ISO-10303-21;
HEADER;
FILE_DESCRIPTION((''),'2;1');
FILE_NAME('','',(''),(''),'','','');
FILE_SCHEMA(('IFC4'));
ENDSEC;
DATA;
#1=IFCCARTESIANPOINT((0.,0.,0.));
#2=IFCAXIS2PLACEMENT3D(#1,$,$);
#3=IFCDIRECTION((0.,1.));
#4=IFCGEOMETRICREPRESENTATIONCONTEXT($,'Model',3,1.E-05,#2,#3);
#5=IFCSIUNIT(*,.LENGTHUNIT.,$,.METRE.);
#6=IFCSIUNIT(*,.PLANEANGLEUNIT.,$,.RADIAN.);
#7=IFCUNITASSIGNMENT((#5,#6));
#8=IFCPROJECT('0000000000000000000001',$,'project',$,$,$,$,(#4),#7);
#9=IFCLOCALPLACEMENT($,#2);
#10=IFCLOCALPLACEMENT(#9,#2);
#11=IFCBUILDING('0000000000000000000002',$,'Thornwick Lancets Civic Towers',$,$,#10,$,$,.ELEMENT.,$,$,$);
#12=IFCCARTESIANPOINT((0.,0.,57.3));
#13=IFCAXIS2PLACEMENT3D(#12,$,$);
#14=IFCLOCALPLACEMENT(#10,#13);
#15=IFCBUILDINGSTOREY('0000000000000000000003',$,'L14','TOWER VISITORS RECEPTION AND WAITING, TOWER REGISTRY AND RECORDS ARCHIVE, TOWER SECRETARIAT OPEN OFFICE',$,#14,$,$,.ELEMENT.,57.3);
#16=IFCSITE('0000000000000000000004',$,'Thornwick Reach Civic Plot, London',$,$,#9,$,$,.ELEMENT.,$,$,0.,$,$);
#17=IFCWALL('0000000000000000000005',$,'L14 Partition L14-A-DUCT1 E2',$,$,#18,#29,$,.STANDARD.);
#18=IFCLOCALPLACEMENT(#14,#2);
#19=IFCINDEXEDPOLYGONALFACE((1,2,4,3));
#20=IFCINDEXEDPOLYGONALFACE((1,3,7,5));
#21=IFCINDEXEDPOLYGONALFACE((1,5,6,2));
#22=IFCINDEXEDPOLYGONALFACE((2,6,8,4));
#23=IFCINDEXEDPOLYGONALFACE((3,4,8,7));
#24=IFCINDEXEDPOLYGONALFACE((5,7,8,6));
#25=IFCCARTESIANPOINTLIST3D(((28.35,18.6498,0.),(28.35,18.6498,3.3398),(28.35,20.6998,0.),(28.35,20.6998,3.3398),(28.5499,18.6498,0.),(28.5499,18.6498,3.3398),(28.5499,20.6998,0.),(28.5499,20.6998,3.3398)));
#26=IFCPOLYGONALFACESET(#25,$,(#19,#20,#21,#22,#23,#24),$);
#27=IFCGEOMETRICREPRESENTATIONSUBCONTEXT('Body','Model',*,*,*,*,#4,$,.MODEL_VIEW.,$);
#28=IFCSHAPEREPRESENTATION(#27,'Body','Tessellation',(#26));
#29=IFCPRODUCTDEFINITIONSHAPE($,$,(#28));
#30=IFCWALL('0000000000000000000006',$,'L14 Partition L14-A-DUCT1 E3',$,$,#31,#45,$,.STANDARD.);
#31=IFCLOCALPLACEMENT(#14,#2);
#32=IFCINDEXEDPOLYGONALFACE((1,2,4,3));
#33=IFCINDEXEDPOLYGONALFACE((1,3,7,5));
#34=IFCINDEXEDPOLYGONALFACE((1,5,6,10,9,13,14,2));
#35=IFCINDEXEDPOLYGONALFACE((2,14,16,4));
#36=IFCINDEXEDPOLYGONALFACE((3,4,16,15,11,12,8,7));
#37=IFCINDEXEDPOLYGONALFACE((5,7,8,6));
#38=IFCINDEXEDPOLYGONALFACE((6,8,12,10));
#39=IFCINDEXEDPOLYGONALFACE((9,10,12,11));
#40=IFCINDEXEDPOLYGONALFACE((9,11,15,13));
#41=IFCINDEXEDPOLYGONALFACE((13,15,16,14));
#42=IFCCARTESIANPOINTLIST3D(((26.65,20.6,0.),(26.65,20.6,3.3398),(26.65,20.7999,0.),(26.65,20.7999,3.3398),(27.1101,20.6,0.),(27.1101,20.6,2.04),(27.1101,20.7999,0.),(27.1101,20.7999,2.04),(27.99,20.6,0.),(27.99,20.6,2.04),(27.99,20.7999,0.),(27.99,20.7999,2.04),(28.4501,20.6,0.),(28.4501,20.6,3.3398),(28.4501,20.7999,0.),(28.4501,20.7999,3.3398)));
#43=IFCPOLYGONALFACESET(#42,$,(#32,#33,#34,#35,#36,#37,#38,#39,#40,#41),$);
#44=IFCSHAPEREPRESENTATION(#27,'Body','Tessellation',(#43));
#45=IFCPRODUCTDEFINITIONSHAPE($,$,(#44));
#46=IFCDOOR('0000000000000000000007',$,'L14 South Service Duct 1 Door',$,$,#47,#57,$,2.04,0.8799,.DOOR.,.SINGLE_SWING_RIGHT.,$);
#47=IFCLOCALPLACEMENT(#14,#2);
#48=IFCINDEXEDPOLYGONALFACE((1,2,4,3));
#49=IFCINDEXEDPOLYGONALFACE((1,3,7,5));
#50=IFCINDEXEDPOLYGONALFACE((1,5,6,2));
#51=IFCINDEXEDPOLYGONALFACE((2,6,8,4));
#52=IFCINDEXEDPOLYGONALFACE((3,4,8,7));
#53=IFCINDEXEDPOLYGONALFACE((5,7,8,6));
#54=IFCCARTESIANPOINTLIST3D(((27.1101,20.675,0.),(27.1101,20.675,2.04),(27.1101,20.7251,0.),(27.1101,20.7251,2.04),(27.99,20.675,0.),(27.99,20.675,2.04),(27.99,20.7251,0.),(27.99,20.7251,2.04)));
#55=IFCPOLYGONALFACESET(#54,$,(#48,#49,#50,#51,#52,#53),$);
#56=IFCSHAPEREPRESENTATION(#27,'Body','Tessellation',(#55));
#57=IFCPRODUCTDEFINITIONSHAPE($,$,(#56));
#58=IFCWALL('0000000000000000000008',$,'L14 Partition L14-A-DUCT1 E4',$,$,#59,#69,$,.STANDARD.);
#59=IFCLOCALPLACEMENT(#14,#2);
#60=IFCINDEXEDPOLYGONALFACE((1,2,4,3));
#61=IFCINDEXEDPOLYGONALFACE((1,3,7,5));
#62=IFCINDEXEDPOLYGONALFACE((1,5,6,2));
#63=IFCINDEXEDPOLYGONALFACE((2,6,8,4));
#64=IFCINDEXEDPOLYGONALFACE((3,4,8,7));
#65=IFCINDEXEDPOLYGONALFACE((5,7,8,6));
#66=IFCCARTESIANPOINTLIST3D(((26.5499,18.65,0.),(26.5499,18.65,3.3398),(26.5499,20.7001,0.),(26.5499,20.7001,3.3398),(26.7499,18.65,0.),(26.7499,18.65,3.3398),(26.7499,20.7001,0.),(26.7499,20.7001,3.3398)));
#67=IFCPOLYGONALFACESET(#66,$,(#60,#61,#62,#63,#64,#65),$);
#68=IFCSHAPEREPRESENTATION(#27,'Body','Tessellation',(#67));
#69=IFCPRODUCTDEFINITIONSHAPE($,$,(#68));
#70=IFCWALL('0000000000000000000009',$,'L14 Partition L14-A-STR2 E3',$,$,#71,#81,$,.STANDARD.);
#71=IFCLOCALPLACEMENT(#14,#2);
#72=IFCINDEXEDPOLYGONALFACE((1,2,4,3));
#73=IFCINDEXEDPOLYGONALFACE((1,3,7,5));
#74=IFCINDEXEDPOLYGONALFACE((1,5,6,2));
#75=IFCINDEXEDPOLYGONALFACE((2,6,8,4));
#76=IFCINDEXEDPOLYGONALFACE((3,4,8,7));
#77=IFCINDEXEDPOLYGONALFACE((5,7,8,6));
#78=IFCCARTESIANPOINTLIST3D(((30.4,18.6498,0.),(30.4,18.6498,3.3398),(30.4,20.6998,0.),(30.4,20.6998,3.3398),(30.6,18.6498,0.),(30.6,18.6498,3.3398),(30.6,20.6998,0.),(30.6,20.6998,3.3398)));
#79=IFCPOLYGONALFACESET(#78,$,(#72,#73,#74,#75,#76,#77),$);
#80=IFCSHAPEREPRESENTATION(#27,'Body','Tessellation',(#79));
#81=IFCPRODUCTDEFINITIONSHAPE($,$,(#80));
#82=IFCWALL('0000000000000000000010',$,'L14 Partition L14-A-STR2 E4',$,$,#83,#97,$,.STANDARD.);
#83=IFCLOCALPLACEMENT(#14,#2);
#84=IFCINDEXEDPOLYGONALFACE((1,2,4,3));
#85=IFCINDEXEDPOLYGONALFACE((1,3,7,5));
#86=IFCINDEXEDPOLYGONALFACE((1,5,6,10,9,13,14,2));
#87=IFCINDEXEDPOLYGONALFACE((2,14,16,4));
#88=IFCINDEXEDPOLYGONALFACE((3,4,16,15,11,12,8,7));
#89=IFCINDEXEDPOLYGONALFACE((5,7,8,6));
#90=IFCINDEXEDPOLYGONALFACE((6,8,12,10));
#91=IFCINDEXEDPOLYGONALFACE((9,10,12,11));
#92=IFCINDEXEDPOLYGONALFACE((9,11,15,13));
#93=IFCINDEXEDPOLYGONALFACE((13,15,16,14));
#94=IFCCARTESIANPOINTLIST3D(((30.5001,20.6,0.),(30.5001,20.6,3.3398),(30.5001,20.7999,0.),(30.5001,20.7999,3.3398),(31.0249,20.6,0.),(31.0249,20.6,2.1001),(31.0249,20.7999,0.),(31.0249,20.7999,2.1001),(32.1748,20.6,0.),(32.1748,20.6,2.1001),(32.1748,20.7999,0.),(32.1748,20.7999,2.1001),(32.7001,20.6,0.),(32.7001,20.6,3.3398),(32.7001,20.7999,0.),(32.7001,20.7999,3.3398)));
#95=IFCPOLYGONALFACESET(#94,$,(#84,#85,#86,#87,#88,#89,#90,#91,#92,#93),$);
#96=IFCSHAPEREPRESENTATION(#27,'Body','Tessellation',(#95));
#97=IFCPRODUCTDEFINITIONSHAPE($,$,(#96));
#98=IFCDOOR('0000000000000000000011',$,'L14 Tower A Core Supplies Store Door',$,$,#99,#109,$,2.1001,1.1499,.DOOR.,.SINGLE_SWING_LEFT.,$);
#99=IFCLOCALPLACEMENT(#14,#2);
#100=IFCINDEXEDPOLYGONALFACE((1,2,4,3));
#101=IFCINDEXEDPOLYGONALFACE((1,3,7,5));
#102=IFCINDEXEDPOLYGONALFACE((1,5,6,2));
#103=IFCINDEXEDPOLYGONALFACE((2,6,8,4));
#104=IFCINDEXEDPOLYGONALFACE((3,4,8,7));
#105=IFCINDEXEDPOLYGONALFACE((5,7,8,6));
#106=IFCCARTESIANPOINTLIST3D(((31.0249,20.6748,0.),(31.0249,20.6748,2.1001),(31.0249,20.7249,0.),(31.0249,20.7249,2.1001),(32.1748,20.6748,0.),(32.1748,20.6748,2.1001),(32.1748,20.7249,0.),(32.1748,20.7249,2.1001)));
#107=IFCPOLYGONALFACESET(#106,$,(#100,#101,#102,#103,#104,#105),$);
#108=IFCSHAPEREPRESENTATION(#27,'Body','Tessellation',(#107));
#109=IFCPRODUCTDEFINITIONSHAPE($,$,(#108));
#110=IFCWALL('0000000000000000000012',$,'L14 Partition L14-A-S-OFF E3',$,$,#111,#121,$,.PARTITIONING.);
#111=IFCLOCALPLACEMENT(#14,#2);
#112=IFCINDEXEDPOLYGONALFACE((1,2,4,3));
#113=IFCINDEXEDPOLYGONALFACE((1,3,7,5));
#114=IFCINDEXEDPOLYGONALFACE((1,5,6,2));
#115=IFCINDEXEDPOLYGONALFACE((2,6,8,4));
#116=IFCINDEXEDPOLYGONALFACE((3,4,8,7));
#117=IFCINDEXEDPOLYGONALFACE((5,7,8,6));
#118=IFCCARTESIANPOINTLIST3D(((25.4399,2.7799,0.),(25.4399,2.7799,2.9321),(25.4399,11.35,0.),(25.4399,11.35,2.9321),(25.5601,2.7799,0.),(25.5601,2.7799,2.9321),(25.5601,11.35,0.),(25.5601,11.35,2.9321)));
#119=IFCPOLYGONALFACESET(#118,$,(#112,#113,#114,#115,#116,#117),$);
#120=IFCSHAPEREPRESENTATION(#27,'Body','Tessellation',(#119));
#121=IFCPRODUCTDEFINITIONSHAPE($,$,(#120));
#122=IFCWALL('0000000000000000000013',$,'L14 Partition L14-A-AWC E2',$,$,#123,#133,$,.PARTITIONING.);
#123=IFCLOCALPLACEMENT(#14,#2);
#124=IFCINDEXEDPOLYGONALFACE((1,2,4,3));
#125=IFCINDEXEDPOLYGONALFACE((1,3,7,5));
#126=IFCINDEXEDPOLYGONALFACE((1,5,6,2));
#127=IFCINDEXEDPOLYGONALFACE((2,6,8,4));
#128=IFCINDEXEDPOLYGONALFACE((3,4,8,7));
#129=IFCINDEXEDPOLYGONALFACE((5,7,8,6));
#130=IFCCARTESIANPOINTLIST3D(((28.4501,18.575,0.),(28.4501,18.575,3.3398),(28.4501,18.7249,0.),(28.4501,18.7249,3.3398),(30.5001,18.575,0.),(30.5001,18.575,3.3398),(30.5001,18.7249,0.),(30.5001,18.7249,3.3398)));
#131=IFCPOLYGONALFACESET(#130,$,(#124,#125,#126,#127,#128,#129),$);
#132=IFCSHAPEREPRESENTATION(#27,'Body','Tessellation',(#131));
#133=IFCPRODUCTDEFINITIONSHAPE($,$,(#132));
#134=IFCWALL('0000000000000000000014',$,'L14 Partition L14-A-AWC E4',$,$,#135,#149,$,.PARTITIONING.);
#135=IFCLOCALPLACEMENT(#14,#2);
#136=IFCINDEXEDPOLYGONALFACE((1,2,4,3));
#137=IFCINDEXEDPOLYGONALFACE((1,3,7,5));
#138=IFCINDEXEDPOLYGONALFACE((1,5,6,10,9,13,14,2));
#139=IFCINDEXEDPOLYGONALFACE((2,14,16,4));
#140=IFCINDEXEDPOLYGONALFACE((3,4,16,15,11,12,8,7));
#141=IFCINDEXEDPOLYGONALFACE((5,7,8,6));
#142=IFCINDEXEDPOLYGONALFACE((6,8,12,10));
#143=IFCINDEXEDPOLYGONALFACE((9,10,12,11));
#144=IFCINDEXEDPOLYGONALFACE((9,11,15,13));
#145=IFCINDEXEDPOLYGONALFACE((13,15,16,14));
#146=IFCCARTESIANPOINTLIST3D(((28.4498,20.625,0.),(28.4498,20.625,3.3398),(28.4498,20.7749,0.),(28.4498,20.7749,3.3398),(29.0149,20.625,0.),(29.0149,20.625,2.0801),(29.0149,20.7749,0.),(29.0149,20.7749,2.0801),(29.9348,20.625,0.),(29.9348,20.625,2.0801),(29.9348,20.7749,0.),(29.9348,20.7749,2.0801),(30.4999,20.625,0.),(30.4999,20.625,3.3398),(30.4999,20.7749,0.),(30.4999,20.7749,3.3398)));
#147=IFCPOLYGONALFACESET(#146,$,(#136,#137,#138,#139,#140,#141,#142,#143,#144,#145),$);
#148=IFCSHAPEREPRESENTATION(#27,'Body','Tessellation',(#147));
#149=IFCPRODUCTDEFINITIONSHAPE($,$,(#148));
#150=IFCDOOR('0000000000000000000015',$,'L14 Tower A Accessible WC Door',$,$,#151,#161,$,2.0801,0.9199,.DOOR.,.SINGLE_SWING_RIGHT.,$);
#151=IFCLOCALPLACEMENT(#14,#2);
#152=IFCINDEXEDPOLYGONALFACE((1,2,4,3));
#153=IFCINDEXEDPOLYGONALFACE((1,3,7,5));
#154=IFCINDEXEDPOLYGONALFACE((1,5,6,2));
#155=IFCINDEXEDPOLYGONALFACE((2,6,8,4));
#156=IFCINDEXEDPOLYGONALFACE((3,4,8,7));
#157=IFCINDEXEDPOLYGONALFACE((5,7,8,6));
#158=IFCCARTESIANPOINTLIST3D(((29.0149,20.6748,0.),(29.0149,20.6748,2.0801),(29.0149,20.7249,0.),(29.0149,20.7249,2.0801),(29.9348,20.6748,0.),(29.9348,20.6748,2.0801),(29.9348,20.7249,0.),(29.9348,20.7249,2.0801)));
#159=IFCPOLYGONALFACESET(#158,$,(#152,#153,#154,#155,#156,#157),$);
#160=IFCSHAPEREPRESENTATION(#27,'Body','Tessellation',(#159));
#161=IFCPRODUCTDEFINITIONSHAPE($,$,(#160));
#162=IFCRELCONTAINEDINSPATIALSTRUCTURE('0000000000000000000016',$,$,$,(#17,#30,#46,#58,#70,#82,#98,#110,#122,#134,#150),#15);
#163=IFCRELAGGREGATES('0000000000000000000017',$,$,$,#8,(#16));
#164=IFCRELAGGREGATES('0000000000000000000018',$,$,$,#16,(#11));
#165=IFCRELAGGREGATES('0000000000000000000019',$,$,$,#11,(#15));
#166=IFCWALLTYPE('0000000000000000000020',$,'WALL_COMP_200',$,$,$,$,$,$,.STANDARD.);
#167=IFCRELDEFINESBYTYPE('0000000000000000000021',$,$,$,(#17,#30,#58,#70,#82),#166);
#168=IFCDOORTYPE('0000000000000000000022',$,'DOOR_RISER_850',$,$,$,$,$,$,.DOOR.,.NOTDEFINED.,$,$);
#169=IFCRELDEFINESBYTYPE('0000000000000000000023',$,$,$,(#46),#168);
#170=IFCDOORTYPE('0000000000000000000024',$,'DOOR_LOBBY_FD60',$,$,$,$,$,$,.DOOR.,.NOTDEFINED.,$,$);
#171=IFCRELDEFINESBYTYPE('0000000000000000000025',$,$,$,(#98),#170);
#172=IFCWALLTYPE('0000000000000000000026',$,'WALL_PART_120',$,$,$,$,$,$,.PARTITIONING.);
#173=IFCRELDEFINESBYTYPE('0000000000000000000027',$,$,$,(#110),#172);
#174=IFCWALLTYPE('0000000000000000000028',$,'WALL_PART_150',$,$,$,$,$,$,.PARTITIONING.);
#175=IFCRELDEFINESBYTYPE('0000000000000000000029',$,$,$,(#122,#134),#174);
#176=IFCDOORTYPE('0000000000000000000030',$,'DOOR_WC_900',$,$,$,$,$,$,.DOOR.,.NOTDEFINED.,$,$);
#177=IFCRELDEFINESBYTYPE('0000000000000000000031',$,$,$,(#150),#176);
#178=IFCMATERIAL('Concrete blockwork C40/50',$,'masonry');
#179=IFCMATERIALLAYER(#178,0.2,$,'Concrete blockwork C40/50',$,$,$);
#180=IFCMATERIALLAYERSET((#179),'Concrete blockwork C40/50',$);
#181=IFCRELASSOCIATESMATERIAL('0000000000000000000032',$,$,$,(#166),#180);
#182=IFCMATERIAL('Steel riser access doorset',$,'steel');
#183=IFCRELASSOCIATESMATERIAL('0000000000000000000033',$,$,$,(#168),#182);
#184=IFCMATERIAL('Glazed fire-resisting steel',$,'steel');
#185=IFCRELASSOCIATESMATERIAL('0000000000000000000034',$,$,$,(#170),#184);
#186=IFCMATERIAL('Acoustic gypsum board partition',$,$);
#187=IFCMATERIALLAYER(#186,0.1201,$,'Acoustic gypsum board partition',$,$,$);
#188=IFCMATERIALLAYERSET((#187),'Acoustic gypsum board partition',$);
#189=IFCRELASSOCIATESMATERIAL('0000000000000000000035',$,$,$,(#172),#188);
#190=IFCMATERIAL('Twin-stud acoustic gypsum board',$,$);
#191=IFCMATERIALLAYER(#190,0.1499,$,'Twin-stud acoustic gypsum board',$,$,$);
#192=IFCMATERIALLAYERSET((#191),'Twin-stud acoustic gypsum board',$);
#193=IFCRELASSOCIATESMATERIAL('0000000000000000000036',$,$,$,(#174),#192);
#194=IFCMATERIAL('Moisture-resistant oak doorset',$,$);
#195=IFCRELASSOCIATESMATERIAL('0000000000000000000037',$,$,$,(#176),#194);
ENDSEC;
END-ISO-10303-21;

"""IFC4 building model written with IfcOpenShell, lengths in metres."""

from ifc_helpers import new_model, si_unit, direction, frame, frame_2d, origin, place, context, subcontext, project, spatial, rectangle, extrude, material, layer, layer_set, type_object, element, fill, save


model = new_model("IFC4")

# Units and contexts
model_context = context("Model", 3, precision=1e-05, world=origin(), true_north=direction((0.0, 1.0)))
body_context = subcontext(model_context, "Body", "Model", "MODEL_VIEW")
ifc_project = project(units=[si_unit("LENGTHUNIT", "METRE"), si_unit("PLANEANGLEUNIT", "RADIAN")], contexts=[model_context])

# Site, building, storey
site_placement = place(None, origin())
site = spatial("IfcSite", under=ifc_project, at=site_placement, Name="Thornwick Reach Civic Plot, London", CompositionType="ELEMENT", RefElevation=0.0)
building_placement = place(site_placement, origin())
building = spatial("IfcBuilding", under=site, at=building_placement, Name="Thornwick Lancets Civic Towers", CompositionType="ELEMENT")
storey_placement = place(building_placement, frame((0.0, 0.0, 57.3)))
storey = spatial("IfcBuildingStorey", under=building, at=storey_placement, Name="L14", Description="TOWER VISITORS RECEPTION AND WAITING, TOWER REGISTRY AND RECORDS ARCHIVE, TOWER SECRETARIAT OPEN OFFICE", CompositionType="ELEMENT", Elevation=57.3)

# Shared definitions
ifc_material_1 = material(Name="Concrete blockwork C40/50", Category="masonry")
ifc_layer_1 = layer(ifc_material_1, 0.2, Name="Concrete blockwork C40/50")
ifc_layer_set_1 = layer_set([ifc_layer_1], Name="Concrete blockwork C40/50")
wall_type_1 = type_object("IfcWallType", Name="WALL_COMP_200", PredefinedType="STANDARD", material=ifc_layer_set_1)

# Wall
wall_1_placement = place(storey_placement, frame((28.45, 18.6499, 0.0), z_axis=(0.0, 0.0, 1.0), x_axis=(0.0, 1.0, 0.0)))
element("IfcWall", 1, at=wall_1_placement, inside=storey, type_object=wall_type_1, Name="L14 Partition L14-A-DUCT1 E2", PredefinedType="STANDARD", context=body_context, shape_type="SweptSolid", body=[
    extrude(rectangle(XDim=2.05, YDim=0.2, at=frame_2d((1.0249, 0.0))), origin(), (0.0, 0.0, 1.0), 3.3398),
])

# Wall, opening, door
wall_2_placement = place(storey_placement, frame((28.45, 20.7, 0.0), z_axis=(0.0, 0.0, 1.0), x_axis=(-1.0, 0.0, 0.0)))
wall_2 = element("IfcWall", 2, at=wall_2_placement, inside=storey, type_object=wall_type_1, Name="L14 Partition L14-A-DUCT1 E3", PredefinedType="STANDARD", context=body_context, shape_type="SweptSolid", body=[
    extrude(rectangle(XDim=1.8, YDim=0.2, at=frame_2d((0.8999, 0.0))), origin(), (0.0, 0.0, 1.0), 3.3398),
])
opening_1_placement = place(wall_2_placement, frame((0.46, 0.0, 0.0)))
opening_1 = element("IfcOpeningElement", 3, at=opening_1_placement, cuts=wall_2, PredefinedType="OPENING", context=body_context, shape_type="SweptSolid", body=[
    extrude(rectangle(XDim=0.8799, YDim=2.04, at=frame_2d((0.4399, 1.02))), frame((0.0, 0.1099, 0.0), z_axis=(0.0, -1.0, 0.0), x_axis=(1.0, 0.0, 0.0)), (0.0, 0.0, 1.0), 0.22),
])
ifc_material_2 = material(Name="Steel riser access doorset", Category="steel")
door_type_1 = type_object("IfcDoorType", Name="DOOR_RISER_850", OperationType="NOTDEFINED", PredefinedType="DOOR", material=ifc_material_2)
door_1_placement = place(opening_1_placement, origin())
door_1 = element("IfcDoor", 4, at=door_1_placement, inside=storey, type_object=door_type_1, Name="L14 South Service Duct 1 Door", OperationType="SINGLE_SWING_RIGHT", OverallHeight=2.04, OverallWidth=0.8799, PredefinedType="DOOR", context=body_context, shape_type="SweptSolid", body=[
    extrude(rectangle(XDim=0.8799, YDim=2.04, at=frame_2d((0.4399, 1.02))), frame((0.0, 0.0249, 0.0), z_axis=(0.0, -1.0, 0.0), x_axis=(1.0, 0.0, 0.0)), (0.0, 0.0, 1.0), 0.05),
])
fill(opening_1, door_1)

# Walls
for number, where, z_axis, x_axis, name in (
    (5, (26.6499, 20.7, 0.0), (0.0, 0.0, 1.0), (0.0, -1.0, 0.0), "L14 Partition L14-A-DUCT1 E4"),
    (6, (30.5, 18.6499, 0.0), (0.0, 0.0, 1.0), (0.0, 1.0, 0.0), "L14 Partition L14-A-STR2 E3"),
):
    element("IfcWall", number, at=place(storey_placement, frame(where, z_axis=z_axis, x_axis=x_axis)), inside=storey, type_object=wall_type_1, Name=name, PredefinedType="STANDARD", context=body_context, shape_type="SweptSolid", body=[
        extrude(rectangle(XDim=2.05, YDim=0.2, at=frame_2d((1.0249, 0.0))), origin(), (0.0, 0.0, 1.0), 3.3398),
    ])

# Wall, opening, door
wall_3_placement = place(storey_placement, frame((30.5, 20.7, 0.0), z_axis=(0.0, 0.0, 1.0), x_axis=(1.0, 0.0, 0.0)))
wall_3 = element("IfcWall", 7, at=wall_3_placement, inside=storey, type_object=wall_type_1, Name="L14 Partition L14-A-STR2 E4", PredefinedType="STANDARD", context=body_context, shape_type="SweptSolid", body=[
    extrude(rectangle(XDim=2.2, YDim=0.2, at=frame_2d((1.1001, 0.0))), origin(), (0.0, 0.0, 1.0), 3.3398),
])
opening_2_placement = place(wall_3_placement, frame((0.5249, 0.0, 0.0)))
opening_2 = element("IfcOpeningElement", 8, at=opening_2_placement, cuts=wall_3, PredefinedType="OPENING", context=body_context, shape_type="SweptSolid", body=[
    extrude(rectangle(XDim=1.1499, YDim=2.1001, at=frame_2d((0.575, 1.05))), frame((0.0, 0.1099, 0.0), z_axis=(0.0, -1.0, 0.0), x_axis=(1.0, 0.0, 0.0)), (0.0, 0.0, 1.0), 0.22),
])
ifc_material_3 = material(Name="Glazed fire-resisting steel", Category="steel")
door_type_2 = type_object("IfcDoorType", Name="DOOR_LOBBY_FD60", OperationType="NOTDEFINED", PredefinedType="DOOR", material=ifc_material_3)
door_2_placement = place(opening_2_placement, origin())
door_2 = element("IfcDoor", 9, at=door_2_placement, inside=storey, type_object=door_type_2, Name="L14 Tower A Core Supplies Store Door", OperationType="SINGLE_SWING_LEFT", OverallHeight=2.1001, OverallWidth=1.1499, PredefinedType="DOOR", context=body_context, shape_type="SweptSolid", body=[
    extrude(rectangle(XDim=1.1499, YDim=2.1001, at=frame_2d((0.575, 1.05))), frame((0.0, 0.0249, 0.0), z_axis=(0.0, -1.0, 0.0), x_axis=(1.0, 0.0, 0.0)), (0.0, 0.0, 1.0), 0.05),
])
fill(opening_2, door_2)

# Walls
ifc_material_4 = material(Name="Acoustic gypsum board partition")
ifc_layer_2 = layer(ifc_material_4, 0.1201, Name="Acoustic gypsum board partition")
ifc_layer_set_2 = layer_set([ifc_layer_2], Name="Acoustic gypsum board partition")
wall_type_2 = type_object("IfcWallType", Name="WALL_PART_120", PredefinedType="PARTITIONING", material=ifc_layer_set_2)
wall_4_placement = place(storey_placement, frame((25.5, 11.3501, 0.0), z_axis=(0.0, 0.0, 1.0), x_axis=(0.0, -1.0, 0.0)))
element("IfcWall", 10, at=wall_4_placement, inside=storey, type_object=wall_type_2, Name="L14 Partition L14-A-S-OFF E3", PredefinedType="PARTITIONING", context=body_context, shape_type="SweptSolid", body=[
    extrude(rectangle(XDim=8.5701, YDim=0.1201, at=frame_2d((4.2852, 0.0))), origin(), (0.0, 0.0, 1.0), 2.9321),
])
ifc_material_5 = material(Name="Twin-stud acoustic gypsum board")
ifc_layer_3 = layer(ifc_material_5, 0.1499, Name="Twin-stud acoustic gypsum board")
ifc_layer_set_3 = layer_set([ifc_layer_3], Name="Twin-stud acoustic gypsum board")
wall_type_3 = type_object("IfcWallType", Name="WALL_PART_150", PredefinedType="PARTITIONING", material=ifc_layer_set_3)
wall_5_placement = place(storey_placement, frame((30.5, 18.6499, 0.0), z_axis=(0.0, 0.0, 1.0), x_axis=(-1.0, 0.0, 0.0)))
element("IfcWall", 11, at=wall_5_placement, inside=storey, type_object=wall_type_3, Name="L14 Partition L14-A-AWC E2", PredefinedType="PARTITIONING", context=body_context, shape_type="SweptSolid", body=[
    extrude(rectangle(XDim=2.05, YDim=0.1499, at=frame_2d((1.0249, 0.0))), origin(), (0.0, 0.0, 1.0), 3.3398),
])

# Wall, opening, door
wall_6_placement = place(storey_placement, frame((28.45, 20.7, 0.0), z_axis=(0.0, 0.0, 1.0), x_axis=(1.0, 0.0, 0.0)))
wall_6 = element("IfcWall", 12, at=wall_6_placement, inside=storey, type_object=wall_type_3, Name="L14 Partition L14-A-AWC E4", PredefinedType="PARTITIONING", context=body_context, shape_type="SweptSolid", body=[
    extrude(rectangle(XDim=2.05, YDim=0.1499, at=frame_2d((1.0249, 0.0))), origin(), (0.0, 0.0, 1.0), 3.3398),
])
opening_3_placement = place(wall_6_placement, frame((0.5649, 0.0, 0.0)))
opening_3 = element("IfcOpeningElement", 13, at=opening_3_placement, cuts=wall_6, PredefinedType="OPENING", context=body_context, shape_type="SweptSolid", body=[
    extrude(rectangle(XDim=0.9199, YDim=2.0801, at=frame_2d((0.46, 1.04))), frame((0.0, 0.085, 0.0), z_axis=(0.0, -1.0, 0.0), x_axis=(1.0, 0.0, 0.0)), (0.0, 0.0, 1.0), 0.1699),
])
ifc_material_6 = material(Name="Moisture-resistant oak doorset")
door_type_3 = type_object("IfcDoorType", Name="DOOR_WC_900", OperationType="NOTDEFINED", PredefinedType="DOOR", material=ifc_material_6)
door_3_placement = place(opening_3_placement, origin())
door_3 = element("IfcDoor", 14, at=door_3_placement, inside=storey, type_object=door_type_3, Name="L14 Tower A Accessible WC Door", OperationType="SINGLE_SWING_RIGHT", OverallHeight=2.0801, OverallWidth=0.9199, PredefinedType="DOOR", context=body_context, shape_type="SweptSolid", body=[
    extrude(rectangle(XDim=0.9199, YDim=2.0801, at=frame_2d((0.46, 1.04))), frame((0.0, 0.0249, 0.0), z_axis=(0.0, -1.0, 0.0), x_axis=(1.0, 0.0, 0.0)), (0.0, 0.0, 1.0), 0.05),
])
fill(opening_3, door_3)

save(model, "model.ifc")
